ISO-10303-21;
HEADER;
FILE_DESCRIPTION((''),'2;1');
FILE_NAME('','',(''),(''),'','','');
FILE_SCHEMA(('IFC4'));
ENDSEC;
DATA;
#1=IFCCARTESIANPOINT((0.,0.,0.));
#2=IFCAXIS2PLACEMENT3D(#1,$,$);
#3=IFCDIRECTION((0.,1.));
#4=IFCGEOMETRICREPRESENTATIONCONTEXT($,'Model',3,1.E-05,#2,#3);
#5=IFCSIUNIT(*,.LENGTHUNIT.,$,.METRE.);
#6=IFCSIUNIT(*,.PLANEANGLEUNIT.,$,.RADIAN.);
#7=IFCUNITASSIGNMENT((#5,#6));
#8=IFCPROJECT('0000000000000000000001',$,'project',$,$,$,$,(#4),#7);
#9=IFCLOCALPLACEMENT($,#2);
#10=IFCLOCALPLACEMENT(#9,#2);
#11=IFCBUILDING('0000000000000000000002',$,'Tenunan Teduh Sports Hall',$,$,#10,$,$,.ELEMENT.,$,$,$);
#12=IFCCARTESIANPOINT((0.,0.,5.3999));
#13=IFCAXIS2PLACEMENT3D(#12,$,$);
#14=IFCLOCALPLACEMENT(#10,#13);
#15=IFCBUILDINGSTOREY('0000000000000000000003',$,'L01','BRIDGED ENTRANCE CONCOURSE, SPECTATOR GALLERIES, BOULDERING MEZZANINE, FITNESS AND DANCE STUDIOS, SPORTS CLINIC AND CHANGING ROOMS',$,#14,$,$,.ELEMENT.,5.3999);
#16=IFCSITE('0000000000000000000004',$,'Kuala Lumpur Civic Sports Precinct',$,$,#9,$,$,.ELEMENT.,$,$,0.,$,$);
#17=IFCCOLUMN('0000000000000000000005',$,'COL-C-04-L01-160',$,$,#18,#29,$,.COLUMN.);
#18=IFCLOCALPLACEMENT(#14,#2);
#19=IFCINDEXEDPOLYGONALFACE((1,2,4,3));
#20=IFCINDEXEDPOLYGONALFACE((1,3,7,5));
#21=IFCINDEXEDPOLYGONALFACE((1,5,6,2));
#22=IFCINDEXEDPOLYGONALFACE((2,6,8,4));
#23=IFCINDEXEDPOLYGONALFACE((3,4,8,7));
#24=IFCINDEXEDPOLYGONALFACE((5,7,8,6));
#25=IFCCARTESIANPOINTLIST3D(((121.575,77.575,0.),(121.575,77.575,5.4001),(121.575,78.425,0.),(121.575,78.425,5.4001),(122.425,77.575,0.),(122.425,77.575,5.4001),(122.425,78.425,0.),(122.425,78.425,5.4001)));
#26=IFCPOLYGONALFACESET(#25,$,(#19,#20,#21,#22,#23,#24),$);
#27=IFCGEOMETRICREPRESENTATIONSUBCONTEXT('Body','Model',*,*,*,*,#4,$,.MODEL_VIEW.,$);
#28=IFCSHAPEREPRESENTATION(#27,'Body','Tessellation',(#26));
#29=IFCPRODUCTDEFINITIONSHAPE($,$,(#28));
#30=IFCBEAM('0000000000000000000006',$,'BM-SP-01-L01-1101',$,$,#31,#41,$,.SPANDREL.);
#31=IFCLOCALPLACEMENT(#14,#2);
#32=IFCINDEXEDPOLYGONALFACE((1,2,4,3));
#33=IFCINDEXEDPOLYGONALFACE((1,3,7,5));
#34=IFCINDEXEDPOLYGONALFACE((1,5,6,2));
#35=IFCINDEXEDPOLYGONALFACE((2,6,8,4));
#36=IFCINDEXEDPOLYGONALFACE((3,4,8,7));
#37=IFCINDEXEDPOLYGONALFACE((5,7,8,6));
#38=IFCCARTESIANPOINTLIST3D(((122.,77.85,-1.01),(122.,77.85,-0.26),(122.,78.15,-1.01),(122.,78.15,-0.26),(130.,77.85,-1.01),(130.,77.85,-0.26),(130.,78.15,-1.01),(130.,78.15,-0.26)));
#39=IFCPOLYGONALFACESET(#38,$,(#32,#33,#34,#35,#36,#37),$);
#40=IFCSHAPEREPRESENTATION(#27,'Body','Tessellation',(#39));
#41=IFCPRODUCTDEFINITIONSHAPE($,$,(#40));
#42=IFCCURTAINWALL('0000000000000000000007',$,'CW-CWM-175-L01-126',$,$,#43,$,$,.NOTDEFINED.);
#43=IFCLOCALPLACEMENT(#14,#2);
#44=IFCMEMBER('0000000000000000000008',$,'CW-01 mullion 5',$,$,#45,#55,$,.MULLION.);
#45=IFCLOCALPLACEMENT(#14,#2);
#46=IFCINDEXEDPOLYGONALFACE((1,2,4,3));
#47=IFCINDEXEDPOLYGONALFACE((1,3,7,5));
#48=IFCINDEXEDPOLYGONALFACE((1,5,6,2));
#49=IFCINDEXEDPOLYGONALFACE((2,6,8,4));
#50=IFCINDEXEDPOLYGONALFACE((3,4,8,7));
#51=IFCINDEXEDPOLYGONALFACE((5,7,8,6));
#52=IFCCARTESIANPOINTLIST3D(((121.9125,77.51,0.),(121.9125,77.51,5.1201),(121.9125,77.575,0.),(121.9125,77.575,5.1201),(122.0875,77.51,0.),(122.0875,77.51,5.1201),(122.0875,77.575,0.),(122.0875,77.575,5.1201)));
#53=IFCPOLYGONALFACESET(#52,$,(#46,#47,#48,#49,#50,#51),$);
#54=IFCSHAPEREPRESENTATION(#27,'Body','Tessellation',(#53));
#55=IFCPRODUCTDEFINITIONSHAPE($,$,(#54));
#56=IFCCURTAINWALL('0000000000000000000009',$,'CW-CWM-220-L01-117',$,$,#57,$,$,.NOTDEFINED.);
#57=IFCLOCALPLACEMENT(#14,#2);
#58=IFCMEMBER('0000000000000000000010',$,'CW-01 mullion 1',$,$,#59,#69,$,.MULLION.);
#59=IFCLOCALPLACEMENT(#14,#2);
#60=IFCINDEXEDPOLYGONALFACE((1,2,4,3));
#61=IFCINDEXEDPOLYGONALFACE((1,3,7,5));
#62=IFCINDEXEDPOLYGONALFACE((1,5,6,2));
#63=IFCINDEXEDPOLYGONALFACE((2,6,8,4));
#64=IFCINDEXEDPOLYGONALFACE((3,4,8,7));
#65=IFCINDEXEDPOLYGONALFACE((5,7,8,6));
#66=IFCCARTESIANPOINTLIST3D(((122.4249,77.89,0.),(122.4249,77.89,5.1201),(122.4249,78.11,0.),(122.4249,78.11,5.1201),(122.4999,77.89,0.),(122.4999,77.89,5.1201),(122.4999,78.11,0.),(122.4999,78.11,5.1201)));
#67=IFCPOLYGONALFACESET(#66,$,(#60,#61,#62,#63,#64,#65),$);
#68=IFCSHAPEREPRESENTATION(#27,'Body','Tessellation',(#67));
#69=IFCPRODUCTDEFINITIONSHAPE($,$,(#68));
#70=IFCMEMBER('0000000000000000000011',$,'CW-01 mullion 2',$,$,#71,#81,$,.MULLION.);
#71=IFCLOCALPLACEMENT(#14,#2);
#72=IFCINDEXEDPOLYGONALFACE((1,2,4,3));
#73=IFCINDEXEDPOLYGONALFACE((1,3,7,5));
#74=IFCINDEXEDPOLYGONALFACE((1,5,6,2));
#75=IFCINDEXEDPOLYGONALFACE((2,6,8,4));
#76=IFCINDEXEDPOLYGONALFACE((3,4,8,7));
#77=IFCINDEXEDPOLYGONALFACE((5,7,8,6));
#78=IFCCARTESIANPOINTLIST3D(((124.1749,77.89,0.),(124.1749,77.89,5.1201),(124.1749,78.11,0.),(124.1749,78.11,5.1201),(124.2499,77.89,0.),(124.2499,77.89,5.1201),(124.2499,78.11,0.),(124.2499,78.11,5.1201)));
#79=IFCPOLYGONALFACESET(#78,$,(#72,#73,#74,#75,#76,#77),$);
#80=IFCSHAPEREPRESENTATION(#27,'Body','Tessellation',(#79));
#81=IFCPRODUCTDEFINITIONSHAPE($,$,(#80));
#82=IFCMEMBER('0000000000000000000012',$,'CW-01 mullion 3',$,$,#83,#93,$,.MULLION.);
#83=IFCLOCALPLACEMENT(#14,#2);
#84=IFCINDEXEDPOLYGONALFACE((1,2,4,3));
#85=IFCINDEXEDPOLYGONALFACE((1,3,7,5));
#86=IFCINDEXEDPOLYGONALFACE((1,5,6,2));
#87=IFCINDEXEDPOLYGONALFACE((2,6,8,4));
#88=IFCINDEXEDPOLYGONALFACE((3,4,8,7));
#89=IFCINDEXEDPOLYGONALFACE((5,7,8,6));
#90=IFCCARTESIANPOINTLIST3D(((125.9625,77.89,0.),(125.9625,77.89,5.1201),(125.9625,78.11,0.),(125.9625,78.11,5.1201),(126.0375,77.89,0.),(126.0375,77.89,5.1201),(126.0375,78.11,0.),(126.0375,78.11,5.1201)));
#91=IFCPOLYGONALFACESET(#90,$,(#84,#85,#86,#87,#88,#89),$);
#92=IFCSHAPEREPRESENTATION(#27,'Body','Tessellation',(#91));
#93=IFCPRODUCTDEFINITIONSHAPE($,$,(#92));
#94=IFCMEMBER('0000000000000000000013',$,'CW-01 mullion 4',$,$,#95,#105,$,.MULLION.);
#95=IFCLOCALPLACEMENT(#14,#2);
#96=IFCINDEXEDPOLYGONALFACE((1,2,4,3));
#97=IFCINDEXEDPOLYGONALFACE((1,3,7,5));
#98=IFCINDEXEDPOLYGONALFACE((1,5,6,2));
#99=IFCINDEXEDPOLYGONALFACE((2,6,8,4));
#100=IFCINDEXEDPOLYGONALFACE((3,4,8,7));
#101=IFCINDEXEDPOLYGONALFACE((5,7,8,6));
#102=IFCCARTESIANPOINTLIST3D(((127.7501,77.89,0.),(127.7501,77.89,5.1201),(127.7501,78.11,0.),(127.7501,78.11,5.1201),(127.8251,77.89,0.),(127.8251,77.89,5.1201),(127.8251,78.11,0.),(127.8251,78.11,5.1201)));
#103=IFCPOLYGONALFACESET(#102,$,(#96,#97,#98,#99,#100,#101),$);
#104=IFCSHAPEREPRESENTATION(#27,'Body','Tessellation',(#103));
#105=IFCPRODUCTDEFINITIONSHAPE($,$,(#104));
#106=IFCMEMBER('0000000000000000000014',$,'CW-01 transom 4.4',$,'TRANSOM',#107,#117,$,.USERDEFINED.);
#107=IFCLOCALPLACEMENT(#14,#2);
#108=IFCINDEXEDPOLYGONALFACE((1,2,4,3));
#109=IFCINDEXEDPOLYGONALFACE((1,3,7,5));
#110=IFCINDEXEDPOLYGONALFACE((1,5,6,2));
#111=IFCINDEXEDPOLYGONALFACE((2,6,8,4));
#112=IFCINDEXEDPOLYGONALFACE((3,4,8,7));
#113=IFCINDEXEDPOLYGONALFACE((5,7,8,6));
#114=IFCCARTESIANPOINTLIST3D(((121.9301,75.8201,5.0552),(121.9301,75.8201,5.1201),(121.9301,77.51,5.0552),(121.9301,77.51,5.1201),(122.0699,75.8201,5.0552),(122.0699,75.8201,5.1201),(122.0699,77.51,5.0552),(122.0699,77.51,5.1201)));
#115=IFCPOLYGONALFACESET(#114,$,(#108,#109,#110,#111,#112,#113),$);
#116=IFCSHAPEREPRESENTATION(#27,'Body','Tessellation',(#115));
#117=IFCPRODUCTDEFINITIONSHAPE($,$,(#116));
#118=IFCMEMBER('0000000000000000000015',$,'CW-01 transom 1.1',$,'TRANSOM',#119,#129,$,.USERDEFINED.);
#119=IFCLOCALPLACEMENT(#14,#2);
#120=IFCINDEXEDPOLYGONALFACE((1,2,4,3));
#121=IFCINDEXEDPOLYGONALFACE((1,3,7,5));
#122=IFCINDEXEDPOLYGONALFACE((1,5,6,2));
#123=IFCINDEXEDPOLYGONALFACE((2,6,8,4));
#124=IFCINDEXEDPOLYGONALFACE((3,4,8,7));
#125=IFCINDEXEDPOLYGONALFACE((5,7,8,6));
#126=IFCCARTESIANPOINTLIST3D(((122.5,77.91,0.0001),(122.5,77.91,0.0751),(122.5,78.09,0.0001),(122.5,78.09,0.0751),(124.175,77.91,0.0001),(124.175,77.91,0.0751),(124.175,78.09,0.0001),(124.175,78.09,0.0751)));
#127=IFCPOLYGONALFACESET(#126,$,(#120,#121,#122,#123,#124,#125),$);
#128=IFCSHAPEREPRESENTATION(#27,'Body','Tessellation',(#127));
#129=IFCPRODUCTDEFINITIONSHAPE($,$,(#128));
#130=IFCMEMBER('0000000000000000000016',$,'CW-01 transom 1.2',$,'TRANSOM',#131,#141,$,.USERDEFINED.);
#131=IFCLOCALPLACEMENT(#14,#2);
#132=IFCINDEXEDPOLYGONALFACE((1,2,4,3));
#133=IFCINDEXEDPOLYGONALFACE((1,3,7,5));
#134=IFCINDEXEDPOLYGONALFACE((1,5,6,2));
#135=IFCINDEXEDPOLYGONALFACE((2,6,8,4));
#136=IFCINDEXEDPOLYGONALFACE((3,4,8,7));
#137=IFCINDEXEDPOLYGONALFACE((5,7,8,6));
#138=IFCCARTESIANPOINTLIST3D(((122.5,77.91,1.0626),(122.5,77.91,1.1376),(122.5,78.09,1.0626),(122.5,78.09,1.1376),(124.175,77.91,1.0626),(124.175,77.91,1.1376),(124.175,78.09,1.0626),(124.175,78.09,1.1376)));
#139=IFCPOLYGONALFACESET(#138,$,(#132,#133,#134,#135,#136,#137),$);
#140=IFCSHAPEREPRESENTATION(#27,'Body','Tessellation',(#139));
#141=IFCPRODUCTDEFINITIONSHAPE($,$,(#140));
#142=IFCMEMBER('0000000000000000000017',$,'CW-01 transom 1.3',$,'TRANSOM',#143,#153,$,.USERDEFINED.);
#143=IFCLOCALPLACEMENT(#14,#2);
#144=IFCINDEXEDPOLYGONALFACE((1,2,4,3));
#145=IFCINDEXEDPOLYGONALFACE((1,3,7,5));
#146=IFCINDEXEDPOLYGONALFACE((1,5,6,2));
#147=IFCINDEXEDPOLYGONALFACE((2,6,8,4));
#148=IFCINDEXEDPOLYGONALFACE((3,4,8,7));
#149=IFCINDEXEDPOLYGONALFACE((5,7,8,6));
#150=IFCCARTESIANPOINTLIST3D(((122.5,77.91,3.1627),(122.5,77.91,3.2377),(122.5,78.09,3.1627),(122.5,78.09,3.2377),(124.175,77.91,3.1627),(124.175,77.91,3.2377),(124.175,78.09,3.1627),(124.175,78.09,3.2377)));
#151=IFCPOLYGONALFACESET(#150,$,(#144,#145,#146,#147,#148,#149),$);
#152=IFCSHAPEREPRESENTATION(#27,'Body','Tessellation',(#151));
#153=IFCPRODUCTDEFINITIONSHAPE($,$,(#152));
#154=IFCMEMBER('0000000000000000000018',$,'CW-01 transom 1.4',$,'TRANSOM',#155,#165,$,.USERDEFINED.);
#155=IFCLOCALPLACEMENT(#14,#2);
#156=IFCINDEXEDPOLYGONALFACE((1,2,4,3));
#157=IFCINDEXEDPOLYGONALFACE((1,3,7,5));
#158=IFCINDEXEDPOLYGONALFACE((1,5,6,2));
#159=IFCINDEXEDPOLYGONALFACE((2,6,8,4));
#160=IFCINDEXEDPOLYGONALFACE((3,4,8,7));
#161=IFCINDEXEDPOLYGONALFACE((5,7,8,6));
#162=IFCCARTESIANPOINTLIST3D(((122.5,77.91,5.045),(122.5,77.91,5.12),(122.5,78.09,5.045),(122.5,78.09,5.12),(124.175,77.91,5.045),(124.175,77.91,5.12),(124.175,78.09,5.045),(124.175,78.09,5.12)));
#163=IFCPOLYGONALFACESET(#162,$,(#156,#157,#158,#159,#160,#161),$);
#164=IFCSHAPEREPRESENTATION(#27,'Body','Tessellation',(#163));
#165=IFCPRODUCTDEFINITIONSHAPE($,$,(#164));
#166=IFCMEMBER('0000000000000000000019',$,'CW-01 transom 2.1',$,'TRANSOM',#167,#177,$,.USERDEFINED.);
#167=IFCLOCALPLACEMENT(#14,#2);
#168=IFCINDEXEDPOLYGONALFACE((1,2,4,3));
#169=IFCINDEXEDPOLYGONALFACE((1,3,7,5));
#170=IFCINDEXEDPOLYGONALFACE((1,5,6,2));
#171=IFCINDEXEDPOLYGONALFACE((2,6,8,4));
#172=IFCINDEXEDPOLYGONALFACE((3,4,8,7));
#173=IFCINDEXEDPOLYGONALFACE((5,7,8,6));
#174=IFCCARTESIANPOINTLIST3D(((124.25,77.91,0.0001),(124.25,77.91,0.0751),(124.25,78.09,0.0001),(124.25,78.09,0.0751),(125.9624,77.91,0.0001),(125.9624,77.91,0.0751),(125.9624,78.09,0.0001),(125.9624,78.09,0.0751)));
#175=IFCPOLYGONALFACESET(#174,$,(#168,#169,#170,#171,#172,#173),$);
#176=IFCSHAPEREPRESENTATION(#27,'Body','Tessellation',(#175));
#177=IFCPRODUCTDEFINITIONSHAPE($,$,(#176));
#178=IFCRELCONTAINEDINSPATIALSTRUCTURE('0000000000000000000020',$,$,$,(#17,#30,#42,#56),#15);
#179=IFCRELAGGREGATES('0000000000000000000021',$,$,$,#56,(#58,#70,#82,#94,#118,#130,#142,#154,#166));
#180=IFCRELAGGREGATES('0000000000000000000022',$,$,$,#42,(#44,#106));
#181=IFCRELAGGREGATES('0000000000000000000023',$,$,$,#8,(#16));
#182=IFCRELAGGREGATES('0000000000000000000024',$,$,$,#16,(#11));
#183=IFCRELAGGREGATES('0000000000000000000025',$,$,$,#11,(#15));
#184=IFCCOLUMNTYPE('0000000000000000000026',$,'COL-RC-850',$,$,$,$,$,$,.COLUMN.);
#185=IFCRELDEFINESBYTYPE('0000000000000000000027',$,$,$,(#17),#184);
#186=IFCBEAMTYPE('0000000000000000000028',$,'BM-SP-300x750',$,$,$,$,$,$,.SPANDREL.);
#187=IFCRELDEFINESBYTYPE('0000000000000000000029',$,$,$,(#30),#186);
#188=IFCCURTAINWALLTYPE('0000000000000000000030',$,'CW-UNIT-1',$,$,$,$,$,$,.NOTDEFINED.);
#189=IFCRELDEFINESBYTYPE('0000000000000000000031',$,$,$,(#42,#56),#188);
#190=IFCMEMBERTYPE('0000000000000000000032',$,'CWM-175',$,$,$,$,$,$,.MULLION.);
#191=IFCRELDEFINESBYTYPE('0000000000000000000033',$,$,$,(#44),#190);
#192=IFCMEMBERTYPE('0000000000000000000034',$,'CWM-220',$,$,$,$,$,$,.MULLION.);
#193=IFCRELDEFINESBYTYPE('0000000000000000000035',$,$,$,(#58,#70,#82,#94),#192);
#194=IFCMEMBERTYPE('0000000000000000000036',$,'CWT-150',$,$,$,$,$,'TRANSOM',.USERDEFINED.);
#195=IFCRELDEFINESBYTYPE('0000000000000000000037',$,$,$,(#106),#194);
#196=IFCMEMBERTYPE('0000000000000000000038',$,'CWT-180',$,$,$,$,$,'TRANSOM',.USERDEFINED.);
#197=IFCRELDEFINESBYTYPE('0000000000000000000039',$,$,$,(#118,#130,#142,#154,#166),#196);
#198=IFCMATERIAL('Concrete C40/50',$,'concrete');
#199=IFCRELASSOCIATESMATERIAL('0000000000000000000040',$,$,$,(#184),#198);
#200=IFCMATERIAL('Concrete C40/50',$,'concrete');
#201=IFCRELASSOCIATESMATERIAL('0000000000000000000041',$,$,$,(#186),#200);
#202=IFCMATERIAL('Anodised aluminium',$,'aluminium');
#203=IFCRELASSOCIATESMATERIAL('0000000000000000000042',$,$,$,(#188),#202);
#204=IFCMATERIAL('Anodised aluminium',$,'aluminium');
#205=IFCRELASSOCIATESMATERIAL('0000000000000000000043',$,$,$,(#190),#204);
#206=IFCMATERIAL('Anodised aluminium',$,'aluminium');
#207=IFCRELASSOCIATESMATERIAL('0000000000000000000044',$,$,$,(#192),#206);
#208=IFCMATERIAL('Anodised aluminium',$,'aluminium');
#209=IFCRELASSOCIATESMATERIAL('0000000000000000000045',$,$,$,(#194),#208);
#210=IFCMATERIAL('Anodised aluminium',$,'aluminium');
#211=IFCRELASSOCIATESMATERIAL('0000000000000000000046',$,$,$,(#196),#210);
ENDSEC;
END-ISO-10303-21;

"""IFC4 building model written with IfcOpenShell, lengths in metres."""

from ifc_helpers import new_model, si_unit, direction, frame, origin, origin_2d, place, context, subcontext, project, spatial, rectangle, extrude, material, material_profile, profile_set, type_object, element, aggregate, save


model = new_model("IFC4")

# Units and contexts
model_context = context("Model", 3, precision=1e-05, world=origin(), true_north=direction((0.0, 1.0)))
body_context = subcontext(model_context, "Body", "Model", "MODEL_VIEW")
ifc_project = project(units=[si_unit("LENGTHUNIT", "METRE"), si_unit("PLANEANGLEUNIT", "RADIAN")], contexts=[model_context])

# Site, building, storey
site_placement = place(None, origin())
site = spatial("IfcSite", under=ifc_project, at=site_placement, Name="Kuala Lumpur Civic Sports Precinct", CompositionType="ELEMENT", RefElevation=0.0)
building_placement = place(site_placement, origin())
building = spatial("IfcBuilding", under=site, at=building_placement, Name="Tenunan Teduh Sports Hall", CompositionType="ELEMENT")
storey_placement = place(building_placement, frame((0.0, 0.0, 5.3999)))
storey = spatial("IfcBuildingStorey", under=building, at=storey_placement, Name="L01", Description="BRIDGED ENTRANCE CONCOURSE, SPECTATOR GALLERIES, BOULDERING MEZZANINE, FITNESS AND DANCE STUDIOS, SPORTS CLINIC AND CHANGING ROOMS", CompositionType="ELEMENT", Elevation=5.3999)

# Column
ifc_material_1 = material(Name="Concrete C40/50", Category="concrete")
ifc_material_profile_1 = material_profile(ifc_material_1, rectangle(XDim=0.8501, YDim=0.8501, at=origin_2d()), Name="RC 850x850")
ifc_profile_set_1 = profile_set([ifc_material_profile_1], Name="Concrete C40/50")
column_type = type_object("IfcColumnType", Name="COL-RC-850", PredefinedType="COLUMN", material=ifc_profile_set_1)
column_placement = place(storey_placement, frame((122.0, 78.0, 0.0), z_axis=(0.0, 0.0, 1.0), x_axis=(1.0, 0.0, 0.0)))
element("IfcColumn", 1, at=column_placement, inside=storey, type_object=column_type, Name="COL-C-04-L01-160", PredefinedType="COLUMN", context=body_context, shape_type="SweptSolid", body=[
    extrude(rectangle(XDim=0.8501, YDim=0.8501, at=origin_2d()), origin(), (0.0, 0.0, 1.0), 5.4001),
])

# Beam
ifc_material_2 = material(Name="Concrete C40/50", Category="concrete")
ifc_material_profile_2 = material_profile(ifc_material_2, rectangle(XDim=0.3, YDim=0.75, at=origin_2d()), Name="SPB 300x750")
ifc_profile_set_2 = profile_set([ifc_material_profile_2], Name="Concrete C40/50")
beam_type = type_object("IfcBeamType", Name="BM-SP-300x750", PredefinedType="SPANDREL", material=ifc_profile_set_2)
beam_placement = place(storey_placement, frame((122.0, 78.0, -0.635), z_axis=(1.0, 0.0, 0.0), x_axis=(0.0, 1.0, 0.0)))
element("IfcBeam", 2, at=beam_placement, inside=storey, type_object=beam_type, Name="BM-SP-01-L01-1101", PredefinedType="SPANDREL", context=body_context, shape_type="SweptSolid", body=[
    extrude(rectangle(XDim=0.3, YDim=0.75, at=origin_2d()), origin(), (0.0, 0.0, 1.0), 8.0),
])

# Curtain wall, member
ifc_material_3 = material(Name="Anodised aluminium", Category="aluminium")
curtain_wall_type = type_object("IfcCurtainWallType", Name="CW-UNIT-1", PredefinedType="NOTDEFINED", material=ifc_material_3)
curtain_wall_1_placement = place(storey_placement, origin())
curtain_wall_1 = element("IfcCurtainWall", 3, at=curtain_wall_1_placement, inside=storey, type_object=curtain_wall_type, Name="CW-CWM-175-L01-126", PredefinedType="NOTDEFINED")
ifc_material_4 = material(Name="Anodised aluminium", Category="aluminium")
ifc_material_profile_3 = material_profile(ifc_material_4, rectangle(XDim=0.0649, YDim=0.175, at=origin_2d()), Name="CWM 65x175")
ifc_profile_set_3 = profile_set([ifc_material_profile_3], Name="Anodised aluminium")
member_type_1 = type_object("IfcMemberType", Name="CWM-175", PredefinedType="MULLION", material=ifc_profile_set_3)
member_1_placement = place(storey_placement, frame((122.0, 77.5425, 0.0), z_axis=(0.0, 0.0, 1.0), x_axis=(0.0, 1.0, 0.0)))
member_1 = element("IfcMember", 4, at=member_1_placement, type_object=member_type_1, Name="CW-01 mullion 5", PredefinedType="MULLION", context=body_context, shape_type="SweptSolid", body=[
    extrude(rectangle(XDim=0.0649, YDim=0.175, at=origin_2d()), origin(), (0.0, 0.0, 1.0), 5.1201),
])

# Curtain wall, members
curtain_wall_2_placement = place(storey_placement, origin())
curtain_wall_2 = element("IfcCurtainWall", 5, at=curtain_wall_2_placement, inside=storey, type_object=curtain_wall_type, Name="CW-CWM-220-L01-117", PredefinedType="NOTDEFINED")
ifc_material_5 = material(Name="Anodised aluminium", Category="aluminium")
ifc_material_profile_4 = material_profile(ifc_material_5, rectangle(XDim=0.075, YDim=0.22, at=origin_2d()), Name="CWM 75x220")
ifc_profile_set_4 = profile_set([ifc_material_profile_4], Name="Anodised aluminium")
member_type_2 = type_object("IfcMemberType", Name="CWM-220", PredefinedType="MULLION", material=ifc_profile_set_4)
member_2_placement = place(storey_placement, frame((122.4624, 78.0, 0.0), z_axis=(0.0, 0.0, 1.0), x_axis=(1.0, 0.0, 0.0)))
member_2 = element("IfcMember", 6, at=member_2_placement, type_object=member_type_2, Name="CW-01 mullion 1", PredefinedType="MULLION", context=body_context, shape_type="SweptSolid", body=[
    extrude(rectangle(XDim=0.075, YDim=0.22, at=origin_2d()), origin(), (0.0, 0.0, 1.0), 5.1201),
])
member_3_placement = place(storey_placement, frame((124.2124, 78.0, 0.0), z_axis=(0.0, 0.0, 1.0), x_axis=(1.0, 0.0, 0.0)))
member_3 = element("IfcMember", 7, at=member_3_placement, type_object=member_type_2, Name="CW-01 mullion 2", PredefinedType="MULLION", context=body_context, shape_type="SweptSolid", body=[
    extrude(rectangle(XDim=0.075, YDim=0.22, at=origin_2d()), origin(), (0.0, 0.0, 1.0), 5.1201),
])
member_4_placement = place(storey_placement, frame((126.0, 78.0, 0.0), z_axis=(0.0, 0.0, 1.0), x_axis=(1.0, 0.0, 0.0)))
member_4 = element("IfcMember", 8, at=member_4_placement, type_object=member_type_2, Name="CW-01 mullion 3", PredefinedType="MULLION", context=body_context, shape_type="SweptSolid", body=[
    extrude(rectangle(XDim=0.075, YDim=0.22, at=origin_2d()), origin(), (0.0, 0.0, 1.0), 5.1201),
])
member_5_placement = place(storey_placement, frame((127.7876, 78.0, 0.0), z_axis=(0.0, 0.0, 1.0), x_axis=(1.0, 0.0, 0.0)))
member_5 = element("IfcMember", 9, at=member_5_placement, type_object=member_type_2, Name="CW-01 mullion 4", PredefinedType="MULLION", context=body_context, shape_type="SweptSolid", body=[
    extrude(rectangle(XDim=0.075, YDim=0.22, at=origin_2d()), origin(), (0.0, 0.0, 1.0), 5.1201),
])

# Members
ifc_material_6 = material(Name="Anodised aluminium", Category="aluminium")
ifc_material_profile_5 = material_profile(ifc_material_6, rectangle(XDim=0.0649, YDim=0.1399, at=origin_2d()), Name="CWT 65x140")
ifc_profile_set_5 = profile_set([ifc_material_profile_5], Name="Anodised aluminium")
member_type_3 = type_object("IfcMemberType", Name="CWT-150", ElementType="TRANSOM", PredefinedType="USERDEFINED", material=ifc_profile_set_5)
member_6_placement = place(storey_placement, frame((122.0, 75.8201, 5.0876), z_axis=(0.0, 1.0, 0.0), x_axis=(0.0, 0.0, 1.0)))
member_6 = element("IfcMember", 10, at=member_6_placement, type_object=member_type_3, Name="CW-01 transom 4.4", ObjectType="TRANSOM", PredefinedType="USERDEFINED", context=body_context, shape_type="SweptSolid", body=[
    extrude(rectangle(XDim=0.0649, YDim=0.1399, at=origin_2d()), origin(), (0.0, 0.0, 1.0), 1.6899),
])
ifc_material_7 = material(Name="Anodised aluminium", Category="aluminium")
ifc_material_profile_6 = material_profile(ifc_material_7, rectangle(XDim=0.075, YDim=0.1799, at=origin_2d()), Name="CWT 75x180")
ifc_profile_set_6 = profile_set([ifc_material_profile_6], Name="Anodised aluminium")
member_type_4 = type_object("IfcMemberType", Name="CWT-180", ElementType="TRANSOM", PredefinedType="USERDEFINED", material=ifc_profile_set_6)
member_7_placement = place(storey_placement, frame((122.5, 78.0, 0.0376), z_axis=(1.0, 0.0, 0.0), x_axis=(0.0, 0.0, 1.0)))
member_7 = element("IfcMember", 11, at=member_7_placement, type_object=member_type_4, Name="CW-01 transom 1.1", ObjectType="TRANSOM", PredefinedType="USERDEFINED", context=body_context, shape_type="SweptSolid", body=[
    extrude(rectangle(XDim=0.075, YDim=0.1799, at=origin_2d()), origin(), (0.0, 0.0, 1.0), 1.675),
])
member_8_placement = place(storey_placement, frame((122.5, 78.0, 1.1001), z_axis=(1.0, 0.0, 0.0), x_axis=(0.0, 0.0, 1.0)))
member_8 = element("IfcMember", 12, at=member_8_placement, type_object=member_type_4, Name="CW-01 transom 1.2", ObjectType="TRANSOM", PredefinedType="USERDEFINED", context=body_context, shape_type="SweptSolid", body=[
    extrude(rectangle(XDim=0.075, YDim=0.1799, at=origin_2d()), origin(), (0.0, 0.0, 1.0), 1.675),
])
member_9_placement = place(storey_placement, frame((122.5, 78.0, 3.2002), z_axis=(1.0, 0.0, 0.0), x_axis=(0.0, 0.0, 1.0)))
member_9 = element("IfcMember", 13, at=member_9_placement, type_object=member_type_4, Name="CW-01 transom 1.3", ObjectType="TRANSOM", PredefinedType="USERDEFINED", context=body_context, shape_type="SweptSolid", body=[
    extrude(rectangle(XDim=0.075, YDim=0.1799, at=origin_2d()), origin(), (0.0, 0.0, 1.0), 1.675),
])
member_10_placement = place(storey_placement, frame((122.5, 78.0, 5.0825), z_axis=(1.0, 0.0, 0.0), x_axis=(0.0, 0.0, 1.0)))
member_10 = element("IfcMember", 14, at=member_10_placement, type_object=member_type_4, Name="CW-01 transom 1.4", ObjectType="TRANSOM", PredefinedType="USERDEFINED", context=body_context, shape_type="SweptSolid", body=[
    extrude(rectangle(XDim=0.075, YDim=0.1799, at=origin_2d()), origin(), (0.0, 0.0, 1.0), 1.675),
])
member_11_placement = place(storey_placement, frame((124.25, 78.0, 0.0376), z_axis=(1.0, 0.0, 0.0), x_axis=(0.0, 0.0, 1.0)))
member_11 = element("IfcMember", 15, at=member_11_placement, type_object=member_type_4, Name="CW-01 transom 2.1", ObjectType="TRANSOM", PredefinedType="USERDEFINED", context=body_context, shape_type="SweptSolid", body=[
    extrude(rectangle(XDim=0.075, YDim=0.1799, at=origin_2d()), origin(), (0.0, 0.0, 1.0), 1.7124),
])

aggregate(curtain_wall_2, [member_2, member_3, member_4, member_5, member_7, member_8, member_9, member_10, member_11])
aggregate(curtain_wall_1, [member_1, member_6])

save(model, "model.ifc")
